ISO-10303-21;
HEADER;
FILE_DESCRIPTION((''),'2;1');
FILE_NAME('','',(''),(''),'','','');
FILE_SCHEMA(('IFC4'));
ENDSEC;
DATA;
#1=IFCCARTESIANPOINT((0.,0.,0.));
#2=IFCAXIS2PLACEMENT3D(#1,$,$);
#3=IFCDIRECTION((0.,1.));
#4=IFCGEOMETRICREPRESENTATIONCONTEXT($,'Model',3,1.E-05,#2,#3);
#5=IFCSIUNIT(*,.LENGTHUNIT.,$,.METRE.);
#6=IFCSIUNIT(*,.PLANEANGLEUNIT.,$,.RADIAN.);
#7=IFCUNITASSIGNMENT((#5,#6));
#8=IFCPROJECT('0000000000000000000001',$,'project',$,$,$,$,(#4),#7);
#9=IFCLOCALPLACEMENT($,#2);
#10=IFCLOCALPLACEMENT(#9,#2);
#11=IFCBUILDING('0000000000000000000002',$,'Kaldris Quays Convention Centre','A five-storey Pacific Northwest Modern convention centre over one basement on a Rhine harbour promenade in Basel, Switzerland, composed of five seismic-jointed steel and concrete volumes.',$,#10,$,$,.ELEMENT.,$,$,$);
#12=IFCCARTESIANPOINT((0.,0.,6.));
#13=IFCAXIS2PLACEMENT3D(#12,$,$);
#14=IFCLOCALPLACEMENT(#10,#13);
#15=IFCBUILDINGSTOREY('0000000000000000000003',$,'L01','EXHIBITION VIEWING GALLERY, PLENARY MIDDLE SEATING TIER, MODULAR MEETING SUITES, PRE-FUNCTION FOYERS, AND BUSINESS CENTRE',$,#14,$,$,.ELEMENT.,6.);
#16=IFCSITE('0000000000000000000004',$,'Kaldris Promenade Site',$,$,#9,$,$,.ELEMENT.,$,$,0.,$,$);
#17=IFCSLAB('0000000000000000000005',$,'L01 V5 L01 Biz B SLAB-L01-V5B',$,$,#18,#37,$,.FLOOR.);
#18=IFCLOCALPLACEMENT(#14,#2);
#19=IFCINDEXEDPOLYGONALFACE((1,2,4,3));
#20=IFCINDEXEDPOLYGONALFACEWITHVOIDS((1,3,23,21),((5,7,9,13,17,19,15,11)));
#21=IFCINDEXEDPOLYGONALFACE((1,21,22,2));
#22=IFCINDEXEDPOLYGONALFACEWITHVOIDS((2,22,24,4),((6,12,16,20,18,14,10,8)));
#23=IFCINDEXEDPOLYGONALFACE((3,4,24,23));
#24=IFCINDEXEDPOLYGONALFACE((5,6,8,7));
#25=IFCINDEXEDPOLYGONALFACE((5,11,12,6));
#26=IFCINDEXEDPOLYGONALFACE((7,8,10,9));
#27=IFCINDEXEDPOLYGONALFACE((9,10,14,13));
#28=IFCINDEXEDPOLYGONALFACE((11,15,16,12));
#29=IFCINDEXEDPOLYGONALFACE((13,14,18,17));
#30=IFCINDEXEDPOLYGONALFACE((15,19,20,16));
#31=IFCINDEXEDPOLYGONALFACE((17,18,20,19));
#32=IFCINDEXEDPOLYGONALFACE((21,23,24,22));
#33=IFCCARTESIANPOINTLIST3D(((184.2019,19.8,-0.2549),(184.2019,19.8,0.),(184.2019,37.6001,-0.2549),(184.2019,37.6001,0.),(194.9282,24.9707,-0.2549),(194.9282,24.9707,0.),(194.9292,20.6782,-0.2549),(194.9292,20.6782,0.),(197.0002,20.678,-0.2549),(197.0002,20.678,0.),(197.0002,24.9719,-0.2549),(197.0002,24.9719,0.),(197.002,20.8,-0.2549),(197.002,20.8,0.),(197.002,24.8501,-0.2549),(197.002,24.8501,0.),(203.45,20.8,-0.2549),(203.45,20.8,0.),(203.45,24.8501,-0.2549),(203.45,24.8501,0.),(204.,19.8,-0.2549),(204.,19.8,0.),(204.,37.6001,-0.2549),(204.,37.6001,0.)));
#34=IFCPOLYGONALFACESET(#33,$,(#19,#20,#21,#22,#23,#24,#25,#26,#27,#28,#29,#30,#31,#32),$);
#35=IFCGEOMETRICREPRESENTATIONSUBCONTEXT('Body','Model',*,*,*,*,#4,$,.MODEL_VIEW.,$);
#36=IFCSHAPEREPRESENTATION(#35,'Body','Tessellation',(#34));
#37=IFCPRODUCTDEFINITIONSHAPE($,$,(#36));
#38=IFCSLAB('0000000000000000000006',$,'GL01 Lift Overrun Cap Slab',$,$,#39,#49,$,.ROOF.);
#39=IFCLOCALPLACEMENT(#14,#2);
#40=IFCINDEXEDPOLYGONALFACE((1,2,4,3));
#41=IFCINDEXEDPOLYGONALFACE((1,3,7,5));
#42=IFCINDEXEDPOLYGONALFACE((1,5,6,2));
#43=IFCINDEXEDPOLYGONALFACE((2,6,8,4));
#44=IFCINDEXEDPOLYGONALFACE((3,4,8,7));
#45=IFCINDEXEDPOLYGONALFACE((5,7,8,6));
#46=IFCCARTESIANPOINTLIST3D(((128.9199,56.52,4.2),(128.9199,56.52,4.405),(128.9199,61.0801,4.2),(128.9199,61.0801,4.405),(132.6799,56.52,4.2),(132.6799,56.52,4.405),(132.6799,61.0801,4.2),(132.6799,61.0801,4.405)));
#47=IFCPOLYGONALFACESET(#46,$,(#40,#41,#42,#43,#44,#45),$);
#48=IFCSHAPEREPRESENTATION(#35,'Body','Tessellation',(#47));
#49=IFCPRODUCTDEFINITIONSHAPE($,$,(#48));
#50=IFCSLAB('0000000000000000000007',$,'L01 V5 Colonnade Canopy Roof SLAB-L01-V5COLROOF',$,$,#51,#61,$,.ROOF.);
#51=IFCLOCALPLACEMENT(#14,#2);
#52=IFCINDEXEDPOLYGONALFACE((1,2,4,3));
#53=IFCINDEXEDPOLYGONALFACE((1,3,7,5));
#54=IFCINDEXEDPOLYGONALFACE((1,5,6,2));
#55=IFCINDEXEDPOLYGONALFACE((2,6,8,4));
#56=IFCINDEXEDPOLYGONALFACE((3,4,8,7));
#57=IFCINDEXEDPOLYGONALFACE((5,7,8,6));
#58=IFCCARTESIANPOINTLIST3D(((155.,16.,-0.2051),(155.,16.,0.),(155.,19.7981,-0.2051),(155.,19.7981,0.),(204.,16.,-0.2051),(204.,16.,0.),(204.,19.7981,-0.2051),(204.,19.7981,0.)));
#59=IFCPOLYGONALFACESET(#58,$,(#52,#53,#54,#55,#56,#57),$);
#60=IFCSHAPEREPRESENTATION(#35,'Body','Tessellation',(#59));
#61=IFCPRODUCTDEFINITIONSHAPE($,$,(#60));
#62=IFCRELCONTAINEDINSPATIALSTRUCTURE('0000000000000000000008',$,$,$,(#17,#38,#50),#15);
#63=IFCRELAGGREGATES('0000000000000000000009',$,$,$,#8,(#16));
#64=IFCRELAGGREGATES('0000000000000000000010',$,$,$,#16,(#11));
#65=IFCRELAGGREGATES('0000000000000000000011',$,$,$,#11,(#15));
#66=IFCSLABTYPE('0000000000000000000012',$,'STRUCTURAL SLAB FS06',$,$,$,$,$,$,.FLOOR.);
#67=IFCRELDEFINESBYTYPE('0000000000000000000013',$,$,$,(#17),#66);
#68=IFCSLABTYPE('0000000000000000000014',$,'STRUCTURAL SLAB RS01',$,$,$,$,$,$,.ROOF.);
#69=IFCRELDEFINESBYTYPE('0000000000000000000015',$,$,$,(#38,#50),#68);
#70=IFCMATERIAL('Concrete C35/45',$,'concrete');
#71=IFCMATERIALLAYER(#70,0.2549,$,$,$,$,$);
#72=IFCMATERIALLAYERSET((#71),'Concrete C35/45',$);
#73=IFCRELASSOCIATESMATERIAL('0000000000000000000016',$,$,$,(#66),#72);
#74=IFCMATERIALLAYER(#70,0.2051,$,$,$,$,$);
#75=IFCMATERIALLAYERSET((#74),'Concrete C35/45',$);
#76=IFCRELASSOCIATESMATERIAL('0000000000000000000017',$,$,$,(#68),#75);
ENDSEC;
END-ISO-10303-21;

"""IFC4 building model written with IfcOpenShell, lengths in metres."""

from ifc_helpers import new_model, si_unit, direction, frame, origin, place, context, subcontext, project, spatial, polyline, outline, extrude, material, layer, layer_set, type_object, element, save


model = new_model("IFC4")

# Units and contexts
model_context = context("Model", 3, precision=1e-05, world=origin(), true_north=direction((0.0, 1.0)))
body_context = subcontext(model_context, "Body", "Model", "MODEL_VIEW")
ifc_project = project(units=[si_unit("LENGTHUNIT", "METRE"), si_unit("PLANEANGLEUNIT", "RADIAN")], contexts=[model_context])

# Site, building, storey
site_placement = place(None, origin())
site = spatial("IfcSite", under=ifc_project, at=site_placement, Name="Kaldris Promenade Site", CompositionType="ELEMENT", RefElevation=0.0)
building_placement = place(site_placement, origin())
building = spatial("IfcBuilding", under=site, at=building_placement, Name="Kaldris Quays Convention Centre", Description="A five-storey Pacific Northwest Modern convention centre over one basement on a Rhine harbour promenade in Basel, Switzerland, composed of five seismic-jointed steel and concrete volumes.", CompositionType="ELEMENT")
storey_placement = place(building_placement, frame((0.0, 0.0, 6.0)))
storey = spatial("IfcBuildingStorey", under=building, at=storey_placement, Name="L01", Description="EXHIBITION VIEWING GALLERY, PLENARY MIDDLE SEATING TIER, MODULAR MEETING SUITES, PRE-FUNCTION FOYERS, AND BUSINESS CENTRE", CompositionType="ELEMENT", Elevation=6.0)

# Shared definitions
ifc_material = material(Name="Concrete C35/45", Category="concrete")

# Slabs
ifc_layer_1 = layer(ifc_material, 0.2549)
ifc_layer_set_1 = layer_set([ifc_layer_1], Name="Concrete C35/45")
slab_type_1 = type_object("IfcSlabType", Name="STRUCTURAL SLAB FS06", PredefinedType="FLOOR", material=ifc_layer_set_1)
slab_1_placement = place(storey_placement, frame((0.0, 0.0, -0.2549)))
element("IfcSlab", 1, at=slab_1_placement, inside=storey, type_object=slab_type_1, Name="L01 V5 L01 Biz B SLAB-L01-V5B", PredefinedType="FLOOR", context=body_context, shape_type="SweptSolid", body=[
    extrude(outline(polyline([(204.0, 37.6001), (204.0, 19.8), (184.2019, 19.8), (184.2019, 37.6001), (204.0, 37.6001)]), holes=[polyline([(194.9282, 24.9707), (194.9292, 20.6782), (197.0002, 20.678), (197.002, 20.8), (203.45, 20.8), (203.45, 24.8501), (197.002, 24.8501), (197.0002, 24.9719), (194.9282, 24.9707)])]), origin(), (0.0, 0.0, 1.0), 0.2549),
])
ifc_layer_2 = layer(ifc_material, 0.2051)
ifc_layer_set_2 = layer_set([ifc_layer_2], Name="Concrete C35/45")
slab_type_2 = type_object("IfcSlabType", Name="STRUCTURAL SLAB RS01", PredefinedType="ROOF", material=ifc_layer_set_2)
slab_2_placement = place(storey_placement, frame((0.0, 0.0, 4.2)))
element("IfcSlab", 2, at=slab_2_placement, inside=storey, type_object=slab_type_2, Name="GL01 Lift Overrun Cap Slab", PredefinedType="ROOF", context=body_context, shape_type="SweptSolid", body=[
    extrude(outline(polyline([(128.9199, 56.52), (132.6799, 56.52), (132.6799, 61.0801), (128.9199, 61.0801), (128.9199, 56.52)])), origin(), (0.0, 0.0, 1.0), 0.2051),
])
slab_3_placement = place(storey_placement, frame((0.0, 0.0, -0.2051)))
element("IfcSlab", 3, at=slab_3_placement, inside=storey, type_object=slab_type_2, Name="L01 V5 Colonnade Canopy Roof SLAB-L01-V5COLROOF", PredefinedType="ROOF", context=body_context, shape_type="SweptSolid", body=[
    extrude(outline(polyline([(204.0, 16.0), (155.0, 16.0), (155.0, 19.7981), (204.0, 19.7981), (204.0, 16.0)])), origin(), (0.0, 0.0, 1.0), 0.2051),
])

save(model, "model.ifc")
